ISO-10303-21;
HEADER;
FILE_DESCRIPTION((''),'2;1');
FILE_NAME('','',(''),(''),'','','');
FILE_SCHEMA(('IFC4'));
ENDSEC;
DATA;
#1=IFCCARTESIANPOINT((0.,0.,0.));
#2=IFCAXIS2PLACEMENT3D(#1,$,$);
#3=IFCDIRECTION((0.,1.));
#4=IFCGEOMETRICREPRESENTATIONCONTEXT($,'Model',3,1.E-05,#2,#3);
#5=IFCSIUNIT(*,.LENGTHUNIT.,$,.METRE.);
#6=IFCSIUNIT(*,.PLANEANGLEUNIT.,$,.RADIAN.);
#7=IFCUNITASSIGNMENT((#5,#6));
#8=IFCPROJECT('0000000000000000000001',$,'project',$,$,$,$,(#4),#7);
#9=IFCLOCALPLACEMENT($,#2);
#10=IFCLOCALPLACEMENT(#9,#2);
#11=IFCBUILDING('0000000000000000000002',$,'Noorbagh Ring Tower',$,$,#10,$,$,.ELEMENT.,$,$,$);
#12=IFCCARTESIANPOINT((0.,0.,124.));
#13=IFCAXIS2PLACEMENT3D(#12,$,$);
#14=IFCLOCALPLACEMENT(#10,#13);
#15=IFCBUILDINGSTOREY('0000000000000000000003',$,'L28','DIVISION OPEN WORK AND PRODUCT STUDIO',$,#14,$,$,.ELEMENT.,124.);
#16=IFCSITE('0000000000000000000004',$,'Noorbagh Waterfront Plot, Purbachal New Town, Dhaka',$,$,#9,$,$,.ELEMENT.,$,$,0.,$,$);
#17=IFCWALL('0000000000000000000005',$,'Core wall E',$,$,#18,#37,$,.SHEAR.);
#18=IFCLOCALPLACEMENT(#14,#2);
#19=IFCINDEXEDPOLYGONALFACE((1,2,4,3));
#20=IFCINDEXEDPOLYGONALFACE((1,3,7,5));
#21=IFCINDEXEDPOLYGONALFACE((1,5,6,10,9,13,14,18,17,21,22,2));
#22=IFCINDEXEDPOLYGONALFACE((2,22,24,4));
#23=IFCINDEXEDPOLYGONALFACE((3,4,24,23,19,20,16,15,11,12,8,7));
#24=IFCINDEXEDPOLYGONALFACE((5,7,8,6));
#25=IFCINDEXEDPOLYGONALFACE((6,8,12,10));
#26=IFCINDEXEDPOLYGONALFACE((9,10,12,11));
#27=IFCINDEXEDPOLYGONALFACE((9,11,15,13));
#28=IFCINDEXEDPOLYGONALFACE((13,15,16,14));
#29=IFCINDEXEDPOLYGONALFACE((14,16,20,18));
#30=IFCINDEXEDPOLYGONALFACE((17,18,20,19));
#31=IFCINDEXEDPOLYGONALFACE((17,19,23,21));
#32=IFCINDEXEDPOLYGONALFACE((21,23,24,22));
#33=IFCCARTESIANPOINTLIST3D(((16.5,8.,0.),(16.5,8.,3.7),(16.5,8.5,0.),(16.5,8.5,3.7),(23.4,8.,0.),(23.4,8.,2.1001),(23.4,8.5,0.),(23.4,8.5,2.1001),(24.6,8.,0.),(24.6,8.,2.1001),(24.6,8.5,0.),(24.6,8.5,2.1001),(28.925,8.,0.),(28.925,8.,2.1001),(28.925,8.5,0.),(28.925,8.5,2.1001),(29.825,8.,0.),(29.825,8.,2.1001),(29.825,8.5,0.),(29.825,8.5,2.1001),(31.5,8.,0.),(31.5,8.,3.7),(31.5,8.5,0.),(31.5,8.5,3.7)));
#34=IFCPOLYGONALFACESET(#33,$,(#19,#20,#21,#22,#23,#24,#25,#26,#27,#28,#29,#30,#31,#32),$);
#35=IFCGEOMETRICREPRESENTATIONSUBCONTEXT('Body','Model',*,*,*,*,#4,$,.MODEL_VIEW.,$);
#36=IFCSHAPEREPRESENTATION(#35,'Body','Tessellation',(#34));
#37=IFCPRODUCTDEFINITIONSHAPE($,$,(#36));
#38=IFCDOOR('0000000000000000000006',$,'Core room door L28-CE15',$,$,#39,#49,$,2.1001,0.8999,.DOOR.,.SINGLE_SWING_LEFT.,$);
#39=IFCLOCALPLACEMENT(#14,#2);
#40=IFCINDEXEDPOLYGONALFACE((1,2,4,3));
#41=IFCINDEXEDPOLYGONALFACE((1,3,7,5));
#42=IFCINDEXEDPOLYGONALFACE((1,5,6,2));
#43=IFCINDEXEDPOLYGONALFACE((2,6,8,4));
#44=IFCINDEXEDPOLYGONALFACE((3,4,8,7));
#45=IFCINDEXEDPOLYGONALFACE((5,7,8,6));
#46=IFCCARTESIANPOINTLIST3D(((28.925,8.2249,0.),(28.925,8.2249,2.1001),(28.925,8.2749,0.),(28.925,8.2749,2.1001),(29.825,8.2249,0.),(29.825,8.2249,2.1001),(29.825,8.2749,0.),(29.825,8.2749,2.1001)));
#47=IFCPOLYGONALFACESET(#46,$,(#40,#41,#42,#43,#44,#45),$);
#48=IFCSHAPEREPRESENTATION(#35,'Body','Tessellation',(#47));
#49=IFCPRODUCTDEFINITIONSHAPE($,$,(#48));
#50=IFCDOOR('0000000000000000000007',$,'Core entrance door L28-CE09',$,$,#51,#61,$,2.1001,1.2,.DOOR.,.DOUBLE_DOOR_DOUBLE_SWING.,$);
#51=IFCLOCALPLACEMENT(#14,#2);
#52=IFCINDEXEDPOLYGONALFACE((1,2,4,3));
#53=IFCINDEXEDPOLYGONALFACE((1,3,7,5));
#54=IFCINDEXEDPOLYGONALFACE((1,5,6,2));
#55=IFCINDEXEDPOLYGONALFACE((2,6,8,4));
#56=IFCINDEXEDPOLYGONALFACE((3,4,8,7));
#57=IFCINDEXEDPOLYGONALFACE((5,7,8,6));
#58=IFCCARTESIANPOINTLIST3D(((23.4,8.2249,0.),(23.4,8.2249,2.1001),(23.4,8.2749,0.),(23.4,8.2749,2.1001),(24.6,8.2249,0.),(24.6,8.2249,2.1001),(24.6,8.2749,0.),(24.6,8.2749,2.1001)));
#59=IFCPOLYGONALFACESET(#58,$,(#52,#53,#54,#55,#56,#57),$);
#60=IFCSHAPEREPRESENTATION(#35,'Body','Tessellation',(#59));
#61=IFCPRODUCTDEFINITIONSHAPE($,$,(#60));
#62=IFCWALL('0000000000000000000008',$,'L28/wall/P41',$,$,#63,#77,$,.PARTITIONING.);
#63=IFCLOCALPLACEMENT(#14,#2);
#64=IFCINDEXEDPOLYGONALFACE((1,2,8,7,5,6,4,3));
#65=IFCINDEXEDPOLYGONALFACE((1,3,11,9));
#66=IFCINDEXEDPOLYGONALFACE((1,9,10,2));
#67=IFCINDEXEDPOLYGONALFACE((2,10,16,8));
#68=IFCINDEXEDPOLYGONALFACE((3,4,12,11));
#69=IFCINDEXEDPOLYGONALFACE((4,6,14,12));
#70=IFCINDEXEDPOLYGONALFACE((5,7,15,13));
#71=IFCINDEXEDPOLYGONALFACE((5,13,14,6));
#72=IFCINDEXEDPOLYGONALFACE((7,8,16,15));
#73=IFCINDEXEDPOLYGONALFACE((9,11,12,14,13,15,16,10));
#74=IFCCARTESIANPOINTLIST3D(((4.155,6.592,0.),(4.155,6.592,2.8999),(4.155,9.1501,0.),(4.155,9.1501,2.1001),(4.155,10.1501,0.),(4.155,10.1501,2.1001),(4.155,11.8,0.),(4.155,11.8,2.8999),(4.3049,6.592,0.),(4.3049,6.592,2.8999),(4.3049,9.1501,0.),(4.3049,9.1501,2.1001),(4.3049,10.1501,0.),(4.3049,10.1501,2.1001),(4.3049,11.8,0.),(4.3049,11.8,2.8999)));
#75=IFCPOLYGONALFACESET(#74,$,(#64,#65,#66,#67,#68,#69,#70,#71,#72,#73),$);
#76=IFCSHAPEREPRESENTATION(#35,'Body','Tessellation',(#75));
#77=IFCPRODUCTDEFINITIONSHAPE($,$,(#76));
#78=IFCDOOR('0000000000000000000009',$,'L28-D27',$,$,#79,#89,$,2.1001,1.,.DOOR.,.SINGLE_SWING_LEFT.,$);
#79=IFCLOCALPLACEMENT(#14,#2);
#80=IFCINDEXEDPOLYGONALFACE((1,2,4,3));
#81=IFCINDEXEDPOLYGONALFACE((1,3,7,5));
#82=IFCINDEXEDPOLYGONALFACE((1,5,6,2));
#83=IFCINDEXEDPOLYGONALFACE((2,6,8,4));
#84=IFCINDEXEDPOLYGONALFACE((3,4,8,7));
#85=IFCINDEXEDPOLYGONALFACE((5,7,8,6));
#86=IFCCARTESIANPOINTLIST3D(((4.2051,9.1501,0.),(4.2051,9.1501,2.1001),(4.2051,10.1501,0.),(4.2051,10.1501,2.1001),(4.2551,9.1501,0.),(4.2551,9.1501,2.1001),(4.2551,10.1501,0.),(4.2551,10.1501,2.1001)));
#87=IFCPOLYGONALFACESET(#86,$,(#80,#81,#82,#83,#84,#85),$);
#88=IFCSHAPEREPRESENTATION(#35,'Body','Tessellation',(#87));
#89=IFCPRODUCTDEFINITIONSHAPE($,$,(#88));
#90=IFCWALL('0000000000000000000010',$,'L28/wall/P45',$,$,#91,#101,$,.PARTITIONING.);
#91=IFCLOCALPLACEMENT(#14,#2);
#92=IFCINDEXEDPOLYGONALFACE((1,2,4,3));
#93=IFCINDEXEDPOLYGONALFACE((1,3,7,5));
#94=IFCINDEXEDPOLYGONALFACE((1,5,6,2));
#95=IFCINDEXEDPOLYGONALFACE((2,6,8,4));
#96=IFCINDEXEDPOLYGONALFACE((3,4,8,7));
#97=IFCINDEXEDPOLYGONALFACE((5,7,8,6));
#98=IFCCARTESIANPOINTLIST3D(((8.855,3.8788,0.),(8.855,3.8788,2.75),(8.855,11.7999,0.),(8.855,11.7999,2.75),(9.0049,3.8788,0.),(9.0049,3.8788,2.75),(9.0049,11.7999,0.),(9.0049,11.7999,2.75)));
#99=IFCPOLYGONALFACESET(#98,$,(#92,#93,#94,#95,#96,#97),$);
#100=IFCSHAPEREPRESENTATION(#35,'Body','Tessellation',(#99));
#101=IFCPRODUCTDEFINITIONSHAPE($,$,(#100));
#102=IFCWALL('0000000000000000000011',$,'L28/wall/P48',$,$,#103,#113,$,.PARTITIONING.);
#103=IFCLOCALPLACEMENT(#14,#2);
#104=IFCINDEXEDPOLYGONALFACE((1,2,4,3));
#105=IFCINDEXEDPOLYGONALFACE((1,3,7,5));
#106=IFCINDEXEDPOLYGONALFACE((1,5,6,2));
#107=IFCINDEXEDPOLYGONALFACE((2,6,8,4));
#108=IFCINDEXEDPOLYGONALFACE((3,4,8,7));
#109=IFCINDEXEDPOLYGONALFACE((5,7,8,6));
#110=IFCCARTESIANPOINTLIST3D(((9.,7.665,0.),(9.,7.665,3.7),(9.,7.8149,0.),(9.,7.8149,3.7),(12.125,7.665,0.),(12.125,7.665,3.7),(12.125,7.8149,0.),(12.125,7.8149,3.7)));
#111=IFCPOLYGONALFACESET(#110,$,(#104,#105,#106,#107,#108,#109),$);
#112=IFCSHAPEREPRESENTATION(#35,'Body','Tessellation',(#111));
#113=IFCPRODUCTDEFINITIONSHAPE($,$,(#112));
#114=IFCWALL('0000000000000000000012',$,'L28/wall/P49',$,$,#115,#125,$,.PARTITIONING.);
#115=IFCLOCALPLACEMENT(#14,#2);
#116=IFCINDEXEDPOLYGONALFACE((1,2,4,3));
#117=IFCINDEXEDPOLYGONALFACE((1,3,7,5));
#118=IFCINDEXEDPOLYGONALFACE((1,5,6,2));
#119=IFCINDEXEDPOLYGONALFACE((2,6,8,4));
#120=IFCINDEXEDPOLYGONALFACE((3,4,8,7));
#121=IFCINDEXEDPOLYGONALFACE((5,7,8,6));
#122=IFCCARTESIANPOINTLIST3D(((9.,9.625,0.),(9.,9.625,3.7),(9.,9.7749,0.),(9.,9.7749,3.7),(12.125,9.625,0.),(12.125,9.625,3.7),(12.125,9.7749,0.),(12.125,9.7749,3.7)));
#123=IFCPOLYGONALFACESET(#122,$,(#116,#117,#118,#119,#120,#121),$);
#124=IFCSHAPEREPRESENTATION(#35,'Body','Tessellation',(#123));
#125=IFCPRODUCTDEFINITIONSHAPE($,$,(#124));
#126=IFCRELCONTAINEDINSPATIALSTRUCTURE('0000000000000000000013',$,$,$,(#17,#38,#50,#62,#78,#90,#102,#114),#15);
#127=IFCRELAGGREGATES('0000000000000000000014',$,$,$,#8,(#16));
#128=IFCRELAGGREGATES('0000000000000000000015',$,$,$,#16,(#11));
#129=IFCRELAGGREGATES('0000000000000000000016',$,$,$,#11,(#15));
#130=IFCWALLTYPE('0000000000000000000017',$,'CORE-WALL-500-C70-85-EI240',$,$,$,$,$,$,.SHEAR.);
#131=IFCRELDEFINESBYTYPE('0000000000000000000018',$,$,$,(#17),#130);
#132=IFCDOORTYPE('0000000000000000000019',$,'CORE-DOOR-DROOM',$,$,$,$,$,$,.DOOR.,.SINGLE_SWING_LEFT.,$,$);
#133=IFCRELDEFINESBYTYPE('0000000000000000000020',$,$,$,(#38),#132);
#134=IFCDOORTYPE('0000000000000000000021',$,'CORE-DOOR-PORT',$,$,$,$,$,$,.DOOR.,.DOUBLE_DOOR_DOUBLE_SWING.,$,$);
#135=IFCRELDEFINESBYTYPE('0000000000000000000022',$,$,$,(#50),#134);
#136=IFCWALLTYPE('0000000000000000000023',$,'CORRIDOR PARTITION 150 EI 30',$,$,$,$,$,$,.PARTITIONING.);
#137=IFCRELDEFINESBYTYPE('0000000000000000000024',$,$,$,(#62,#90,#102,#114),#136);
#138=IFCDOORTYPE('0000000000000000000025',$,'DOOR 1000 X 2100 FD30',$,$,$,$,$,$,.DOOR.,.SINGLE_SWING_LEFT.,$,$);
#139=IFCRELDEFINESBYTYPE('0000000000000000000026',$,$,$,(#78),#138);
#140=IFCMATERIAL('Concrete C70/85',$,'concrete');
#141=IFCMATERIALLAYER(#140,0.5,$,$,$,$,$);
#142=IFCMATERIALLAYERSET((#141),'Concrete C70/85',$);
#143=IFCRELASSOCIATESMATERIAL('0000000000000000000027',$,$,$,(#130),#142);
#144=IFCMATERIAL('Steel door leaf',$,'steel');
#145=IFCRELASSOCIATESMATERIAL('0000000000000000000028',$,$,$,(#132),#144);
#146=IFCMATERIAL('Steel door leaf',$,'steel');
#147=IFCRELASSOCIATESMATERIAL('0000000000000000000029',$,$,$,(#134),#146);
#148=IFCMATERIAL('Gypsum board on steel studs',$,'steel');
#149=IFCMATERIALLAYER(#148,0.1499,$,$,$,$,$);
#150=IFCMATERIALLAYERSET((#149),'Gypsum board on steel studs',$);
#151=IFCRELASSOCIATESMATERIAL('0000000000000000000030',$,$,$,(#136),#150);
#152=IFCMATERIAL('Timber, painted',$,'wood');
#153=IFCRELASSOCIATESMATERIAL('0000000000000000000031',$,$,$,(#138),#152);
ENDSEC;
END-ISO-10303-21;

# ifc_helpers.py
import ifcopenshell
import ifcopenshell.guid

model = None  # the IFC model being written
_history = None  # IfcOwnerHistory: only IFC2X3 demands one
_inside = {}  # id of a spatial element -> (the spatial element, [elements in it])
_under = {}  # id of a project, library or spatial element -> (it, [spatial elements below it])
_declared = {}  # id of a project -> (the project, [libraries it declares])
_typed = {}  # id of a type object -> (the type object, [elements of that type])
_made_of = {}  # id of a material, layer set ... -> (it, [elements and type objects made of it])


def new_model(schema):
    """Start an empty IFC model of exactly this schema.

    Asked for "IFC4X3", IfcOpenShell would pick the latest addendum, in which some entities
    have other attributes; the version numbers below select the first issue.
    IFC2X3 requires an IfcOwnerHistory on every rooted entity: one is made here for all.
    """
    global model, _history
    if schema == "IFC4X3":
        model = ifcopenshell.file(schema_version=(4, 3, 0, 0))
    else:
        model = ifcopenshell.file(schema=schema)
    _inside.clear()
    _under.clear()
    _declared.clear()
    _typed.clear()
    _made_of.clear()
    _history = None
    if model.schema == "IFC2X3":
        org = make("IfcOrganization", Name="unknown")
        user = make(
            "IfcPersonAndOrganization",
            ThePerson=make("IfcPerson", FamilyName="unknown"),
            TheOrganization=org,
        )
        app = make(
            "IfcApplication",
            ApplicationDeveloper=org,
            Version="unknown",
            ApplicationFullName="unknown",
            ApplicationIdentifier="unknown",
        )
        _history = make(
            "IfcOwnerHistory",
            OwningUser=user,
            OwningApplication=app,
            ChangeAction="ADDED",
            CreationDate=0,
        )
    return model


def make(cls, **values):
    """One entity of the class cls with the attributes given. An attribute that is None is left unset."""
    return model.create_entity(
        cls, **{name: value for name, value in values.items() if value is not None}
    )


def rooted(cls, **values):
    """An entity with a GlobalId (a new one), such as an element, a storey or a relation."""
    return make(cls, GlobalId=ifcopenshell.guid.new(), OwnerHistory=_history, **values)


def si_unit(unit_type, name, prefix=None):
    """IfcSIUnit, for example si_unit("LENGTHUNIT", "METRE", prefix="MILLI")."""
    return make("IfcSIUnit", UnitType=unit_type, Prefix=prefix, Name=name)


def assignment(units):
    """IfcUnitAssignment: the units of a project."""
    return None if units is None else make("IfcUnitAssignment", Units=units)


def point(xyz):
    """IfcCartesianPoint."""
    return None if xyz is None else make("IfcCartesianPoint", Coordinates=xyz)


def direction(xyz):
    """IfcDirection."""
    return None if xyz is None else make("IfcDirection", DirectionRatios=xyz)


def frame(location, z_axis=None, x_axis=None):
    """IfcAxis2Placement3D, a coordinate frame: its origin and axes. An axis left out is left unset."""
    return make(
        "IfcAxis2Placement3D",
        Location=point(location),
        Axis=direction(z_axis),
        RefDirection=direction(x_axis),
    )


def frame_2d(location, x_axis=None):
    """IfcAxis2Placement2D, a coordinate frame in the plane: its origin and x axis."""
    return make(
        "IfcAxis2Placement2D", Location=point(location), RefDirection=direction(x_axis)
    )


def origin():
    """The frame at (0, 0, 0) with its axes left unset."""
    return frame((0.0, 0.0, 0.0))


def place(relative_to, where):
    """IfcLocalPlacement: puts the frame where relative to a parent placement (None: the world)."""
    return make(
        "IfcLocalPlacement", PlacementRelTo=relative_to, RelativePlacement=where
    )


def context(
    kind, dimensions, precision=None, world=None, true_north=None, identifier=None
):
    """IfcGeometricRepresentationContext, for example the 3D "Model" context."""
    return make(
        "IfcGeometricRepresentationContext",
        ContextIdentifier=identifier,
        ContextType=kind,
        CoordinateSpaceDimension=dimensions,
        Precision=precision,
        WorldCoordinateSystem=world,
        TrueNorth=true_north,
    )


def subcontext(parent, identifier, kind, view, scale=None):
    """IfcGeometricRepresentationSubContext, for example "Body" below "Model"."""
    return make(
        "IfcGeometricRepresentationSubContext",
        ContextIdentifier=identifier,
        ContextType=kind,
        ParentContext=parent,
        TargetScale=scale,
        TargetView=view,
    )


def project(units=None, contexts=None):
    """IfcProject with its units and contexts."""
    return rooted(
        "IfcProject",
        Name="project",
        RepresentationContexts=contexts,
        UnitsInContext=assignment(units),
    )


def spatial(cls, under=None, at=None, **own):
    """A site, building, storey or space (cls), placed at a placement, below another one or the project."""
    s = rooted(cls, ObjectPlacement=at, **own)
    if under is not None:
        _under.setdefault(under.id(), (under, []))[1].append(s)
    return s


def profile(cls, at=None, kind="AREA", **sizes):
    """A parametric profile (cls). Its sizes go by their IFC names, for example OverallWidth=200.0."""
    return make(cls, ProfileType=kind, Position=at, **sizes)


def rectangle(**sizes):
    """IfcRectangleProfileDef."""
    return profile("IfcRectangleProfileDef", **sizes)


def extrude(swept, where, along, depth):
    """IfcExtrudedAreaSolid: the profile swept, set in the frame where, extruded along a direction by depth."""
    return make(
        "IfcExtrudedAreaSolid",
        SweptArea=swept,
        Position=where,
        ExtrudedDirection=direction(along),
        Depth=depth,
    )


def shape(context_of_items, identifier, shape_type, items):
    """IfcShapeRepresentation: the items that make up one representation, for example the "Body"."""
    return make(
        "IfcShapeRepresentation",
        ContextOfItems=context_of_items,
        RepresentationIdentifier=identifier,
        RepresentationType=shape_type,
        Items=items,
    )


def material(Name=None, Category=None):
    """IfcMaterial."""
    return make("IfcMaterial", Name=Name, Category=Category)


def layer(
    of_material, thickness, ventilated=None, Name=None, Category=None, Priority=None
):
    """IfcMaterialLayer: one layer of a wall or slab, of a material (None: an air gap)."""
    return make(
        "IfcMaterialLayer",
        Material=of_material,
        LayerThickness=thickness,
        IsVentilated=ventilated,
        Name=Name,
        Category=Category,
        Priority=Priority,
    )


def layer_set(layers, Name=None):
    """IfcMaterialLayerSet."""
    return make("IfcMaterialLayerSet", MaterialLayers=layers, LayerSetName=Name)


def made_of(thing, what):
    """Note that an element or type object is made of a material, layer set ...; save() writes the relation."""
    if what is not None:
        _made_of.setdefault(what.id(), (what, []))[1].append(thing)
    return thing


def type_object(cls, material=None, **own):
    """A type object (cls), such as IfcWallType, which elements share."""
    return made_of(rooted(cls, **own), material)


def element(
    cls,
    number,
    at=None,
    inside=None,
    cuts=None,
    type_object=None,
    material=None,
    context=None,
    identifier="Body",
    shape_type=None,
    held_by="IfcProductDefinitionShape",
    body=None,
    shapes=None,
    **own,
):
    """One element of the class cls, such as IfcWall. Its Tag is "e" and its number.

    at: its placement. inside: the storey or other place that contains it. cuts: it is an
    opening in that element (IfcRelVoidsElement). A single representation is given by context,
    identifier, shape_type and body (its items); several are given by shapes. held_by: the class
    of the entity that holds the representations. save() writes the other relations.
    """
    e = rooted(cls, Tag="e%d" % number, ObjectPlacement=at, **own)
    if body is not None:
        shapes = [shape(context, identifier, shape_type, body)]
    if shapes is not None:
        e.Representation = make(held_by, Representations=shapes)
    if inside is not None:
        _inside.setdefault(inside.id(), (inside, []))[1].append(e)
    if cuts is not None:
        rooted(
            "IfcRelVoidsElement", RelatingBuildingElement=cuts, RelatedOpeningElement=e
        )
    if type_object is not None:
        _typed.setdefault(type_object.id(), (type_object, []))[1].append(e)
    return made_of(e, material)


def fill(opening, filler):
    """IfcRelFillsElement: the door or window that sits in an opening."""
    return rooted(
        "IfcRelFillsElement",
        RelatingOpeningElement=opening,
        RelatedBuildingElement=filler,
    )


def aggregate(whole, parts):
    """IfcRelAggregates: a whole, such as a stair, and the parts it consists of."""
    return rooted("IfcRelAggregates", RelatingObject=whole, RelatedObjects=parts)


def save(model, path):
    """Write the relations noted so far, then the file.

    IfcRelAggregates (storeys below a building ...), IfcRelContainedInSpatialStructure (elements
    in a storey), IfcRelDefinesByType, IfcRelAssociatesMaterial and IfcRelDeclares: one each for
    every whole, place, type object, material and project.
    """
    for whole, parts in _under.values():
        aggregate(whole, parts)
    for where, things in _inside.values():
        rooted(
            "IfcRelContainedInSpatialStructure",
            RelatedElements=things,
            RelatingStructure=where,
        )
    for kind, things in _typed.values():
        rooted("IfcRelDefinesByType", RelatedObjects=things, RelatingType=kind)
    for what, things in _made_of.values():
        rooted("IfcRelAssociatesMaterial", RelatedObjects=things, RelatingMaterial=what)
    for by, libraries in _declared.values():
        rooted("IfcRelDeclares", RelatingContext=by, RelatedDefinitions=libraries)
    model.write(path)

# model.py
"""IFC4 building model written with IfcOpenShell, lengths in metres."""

from ifc_helpers import new_model, si_unit, direction, frame, frame_2d, origin, place, context, subcontext, project, spatial, rectangle, extrude, material, layer, layer_set, type_object, element, fill, save


model = new_model("IFC4")

# Units and contexts
model_context = context("Model", 3, precision=1e-05, world=origin(), true_north=direction((0.0, 1.0)))
body_context = subcontext(model_context, "Body", "Model", "MODEL_VIEW")
ifc_project = project(units=[si_unit("LENGTHUNIT", "METRE"), si_unit("PLANEANGLEUNIT", "RADIAN")], contexts=[model_context])

# Site, building, storey
site_placement = place(None, origin())
site = spatial("IfcSite", under=ifc_project, at=site_placement, Name="Noorbagh Waterfront Plot, Purbachal New Town, Dhaka", CompositionType="ELEMENT", RefElevation=0.0)
building_placement = place(site_placement, origin())
building = spatial("IfcBuilding", under=site, at=building_placement, Name="Noorbagh Ring Tower", CompositionType="ELEMENT")
storey_placement = place(building_placement, frame((0.0, 0.0, 124.0)))
storey = spatial("IfcBuildingStorey", under=building, at=storey_placement, Name="L28", Description="DIVISION OPEN WORK AND PRODUCT STUDIO", CompositionType="ELEMENT", Elevation=124.0)

# Wall, openings, doors
ifc_material_1 = material(Name="Concrete C70/85", Category="concrete")
ifc_layer_1 = layer(ifc_material_1, 0.5)
ifc_layer_set_1 = layer_set([ifc_layer_1], Name="Concrete C70/85")
wall_type_1 = type_object("IfcWallType", Name="CORE-WALL-500-C70-85-EI240", PredefinedType="SHEAR", material=ifc_layer_set_1)
wall_1_placement = place(storey_placement, frame((16.5, 8.25, 0.0), z_axis=(0.0, 0.0, 1.0), x_axis=(1.0, 0.0, 0.0)))
wall_1 = element("IfcWall", 1, at=wall_1_placement, inside=storey, type_object=wall_type_1, Name="Core wall E", PredefinedType="SHEAR", context=body_context, shape_type="SweptSolid", body=[
    extrude(rectangle(XDim=15.0, YDim=0.5, at=frame_2d((7.5, 0.0))), origin(), (0.0, 0.0, 1.0), 3.7),
])
opening_1_placement = place(wall_1_placement, frame((6.8999, 0.0, 0.0)))
opening_1 = element("IfcOpeningElement", 2, at=opening_1_placement, cuts=wall_1, PredefinedType="OPENING", context=body_context, shape_type="SweptSolid", body=[
    extrude(rectangle(XDim=1.2, YDim=2.1001, at=frame_2d((0.6001, 1.05))), frame((0.0, 0.26, 0.0), z_axis=(0.0, -1.0, 0.0), x_axis=(1.0, 0.0, 0.0)), (0.0, 0.0, 1.0), 0.52),
])
opening_2_placement = place(wall_1_placement, frame((12.425, 0.0, 0.0)))
opening_2 = element("IfcOpeningElement", 3, at=opening_2_placement, cuts=wall_1, PredefinedType="OPENING", context=body_context, shape_type="SweptSolid", body=[
    extrude(rectangle(XDim=0.8999, YDim=2.1001, at=frame_2d((0.45, 1.05))), frame((0.0, 0.26, 0.0), z_axis=(0.0, -1.0, 0.0), x_axis=(1.0, 0.0, 0.0)), (0.0, 0.0, 1.0), 0.52),
])
ifc_material_2 = material(Name="Steel door leaf", Category="steel")
door_type_1 = type_object("IfcDoorType", Name="CORE-DOOR-DROOM", OperationType="SINGLE_SWING_LEFT", PredefinedType="DOOR", material=ifc_material_2)
door_1_placement = place(opening_2_placement, origin())
door_1 = element("IfcDoor", 4, at=door_1_placement, inside=storey, type_object=door_type_1, Name="Core room door L28-CE15", OperationType="SINGLE_SWING_LEFT", OverallHeight=2.1001, OverallWidth=0.8999, PredefinedType="DOOR", context=body_context, shape_type="SweptSolid", body=[
    extrude(rectangle(XDim=0.8999, YDim=2.1001, at=frame_2d((0.45, 1.05))), frame((0.0, 0.0249, 0.0), z_axis=(0.0, -1.0, 0.0), x_axis=(1.0, 0.0, 0.0)), (0.0, 0.0, 1.0), 0.05),
])
fill(opening_2, door_1)
ifc_material_3 = material(Name="Steel door leaf", Category="steel")
door_type_2 = type_object("IfcDoorType", Name="CORE-DOOR-PORT", OperationType="DOUBLE_DOOR_DOUBLE_SWING", PredefinedType="DOOR", material=ifc_material_3)
door_2_placement = place(opening_1_placement, origin())
door_2 = element("IfcDoor", 5, at=door_2_placement, inside=storey, type_object=door_type_2, Name="Core entrance door L28-CE09", OperationType="DOUBLE_DOOR_DOUBLE_SWING", OverallHeight=2.1001, OverallWidth=1.2, PredefinedType="DOOR", context=body_context, shape_type="SweptSolid", body=[
    extrude(rectangle(XDim=1.2, YDim=2.1001, at=frame_2d((0.6001, 1.05))), frame((0.0, 0.0249, 0.0), z_axis=(0.0, -1.0, 0.0), x_axis=(1.0, 0.0, 0.0)), (0.0, 0.0, 1.0), 0.05),
])
fill(opening_1, door_2)

# Wall, opening, door
ifc_material_4 = material(Name="Gypsum board on steel studs", Category="steel")
ifc_layer_2 = layer(ifc_material_4, 0.1499)
ifc_layer_set_2 = layer_set([ifc_layer_2], Name="Gypsum board on steel studs")
wall_type_2 = type_object("IfcWallType", Name="CORRIDOR PARTITION 150 EI 30", PredefinedType="PARTITIONING", material=ifc_layer_set_2)
wall_2_placement = place(storey_placement, frame((4.23, 6.592, 0.0), z_axis=(0.0, 0.0, 1.0), x_axis=(0.0, 1.0, 0.0)))
wall_2 = element("IfcWall", 6, at=wall_2_placement, inside=storey, type_object=wall_type_2, Name="L28/wall/P41", PredefinedType="PARTITIONING", context=body_context, shape_type="SweptSolid", body=[
    extrude(rectangle(XDim=5.208, YDim=0.1499, at=frame_2d((2.604, 0.0))), origin(), (0.0, 0.0, 1.0), 2.8999),
])
opening_3_placement = place(wall_2_placement, frame((2.5581, 0.0, 0.0)))
opening_3 = element("IfcOpeningElement", 7, at=opening_3_placement, cuts=wall_2, PredefinedType="OPENING", context=body_context, shape_type="SweptSolid", body=[
    extrude(rectangle(XDim=1.0, YDim=2.1001, at=frame_2d((0.5, 1.05))), frame((0.0, 0.085, 0.0), z_axis=(0.0, -1.0, 0.0), x_axis=(1.0, 0.0, 0.0)), (0.0, 0.0, 1.0), 0.1699),
])
ifc_material_5 = material(Name="Timber, painted", Category="wood")
door_type_3 = type_object("IfcDoorType", Name="DOOR 1000 X 2100 FD30", OperationType="SINGLE_SWING_LEFT", PredefinedType="DOOR", material=ifc_material_5)
door_3_placement = place(opening_3_placement, origin())
door_3 = element("IfcDoor", 8, at=door_3_placement, inside=storey, type_object=door_type_3, Name="L28-D27", OperationType="SINGLE_SWING_LEFT", OverallHeight=2.1001, OverallWidth=1.0, PredefinedType="DOOR", context=body_context, shape_type="SweptSolid", body=[
    extrude(rectangle(XDim=1.0, YDim=2.1001, at=frame_2d((0.5, 1.05))), frame((0.0, 0.0249, 0.0), z_axis=(0.0, -1.0, 0.0), x_axis=(1.0, 0.0, 0.0)), (0.0, 0.0, 1.0), 0.05),
])
fill(opening_3, door_3)

# Walls
wall_3_placement = place(storey_placement, frame((8.9299, 3.8789, 0.0), z_axis=(0.0, 0.0, 1.0), x_axis=(0.0, 1.0, 0.0)))
element("IfcWall", 9, at=wall_3_placement, inside=storey, type_object=wall_type_2, Name="L28/wall/P45", PredefinedType="PARTITIONING", context=body_context, shape_type="SweptSolid", body=[
    extrude(rectangle(XDim=7.9211, YDim=0.1499, at=frame_2d((3.9604, 0.0))), origin(), (0.0, 0.0, 1.0), 2.75),
])
for number, where, z_axis, x_axis, name in (
    (10, (9.0, 7.74, 0.0), (0.0, 0.0, 1.0), (1.0, 0.0, 0.0), "L28/wall/P48"),
    (11, (9.0, 9.7, 0.0), (0.0, 0.0, 1.0), (1.0, 0.0, 0.0), "L28/wall/P49"),
):
    element("IfcWall", number, at=place(storey_placement, frame(where, z_axis=z_axis, x_axis=x_axis)), inside=storey, type_object=wall_type_2, Name=name, PredefinedType="PARTITIONING", context=body_context, shape_type="SweptSolid", body=[
        extrude(rectangle(XDim=3.125, YDim=0.1499, at=frame_2d((1.5625, 0.0))), origin(), (0.0, 0.0, 1.0), 3.7),
    ])

save(model, "model.ifc")
